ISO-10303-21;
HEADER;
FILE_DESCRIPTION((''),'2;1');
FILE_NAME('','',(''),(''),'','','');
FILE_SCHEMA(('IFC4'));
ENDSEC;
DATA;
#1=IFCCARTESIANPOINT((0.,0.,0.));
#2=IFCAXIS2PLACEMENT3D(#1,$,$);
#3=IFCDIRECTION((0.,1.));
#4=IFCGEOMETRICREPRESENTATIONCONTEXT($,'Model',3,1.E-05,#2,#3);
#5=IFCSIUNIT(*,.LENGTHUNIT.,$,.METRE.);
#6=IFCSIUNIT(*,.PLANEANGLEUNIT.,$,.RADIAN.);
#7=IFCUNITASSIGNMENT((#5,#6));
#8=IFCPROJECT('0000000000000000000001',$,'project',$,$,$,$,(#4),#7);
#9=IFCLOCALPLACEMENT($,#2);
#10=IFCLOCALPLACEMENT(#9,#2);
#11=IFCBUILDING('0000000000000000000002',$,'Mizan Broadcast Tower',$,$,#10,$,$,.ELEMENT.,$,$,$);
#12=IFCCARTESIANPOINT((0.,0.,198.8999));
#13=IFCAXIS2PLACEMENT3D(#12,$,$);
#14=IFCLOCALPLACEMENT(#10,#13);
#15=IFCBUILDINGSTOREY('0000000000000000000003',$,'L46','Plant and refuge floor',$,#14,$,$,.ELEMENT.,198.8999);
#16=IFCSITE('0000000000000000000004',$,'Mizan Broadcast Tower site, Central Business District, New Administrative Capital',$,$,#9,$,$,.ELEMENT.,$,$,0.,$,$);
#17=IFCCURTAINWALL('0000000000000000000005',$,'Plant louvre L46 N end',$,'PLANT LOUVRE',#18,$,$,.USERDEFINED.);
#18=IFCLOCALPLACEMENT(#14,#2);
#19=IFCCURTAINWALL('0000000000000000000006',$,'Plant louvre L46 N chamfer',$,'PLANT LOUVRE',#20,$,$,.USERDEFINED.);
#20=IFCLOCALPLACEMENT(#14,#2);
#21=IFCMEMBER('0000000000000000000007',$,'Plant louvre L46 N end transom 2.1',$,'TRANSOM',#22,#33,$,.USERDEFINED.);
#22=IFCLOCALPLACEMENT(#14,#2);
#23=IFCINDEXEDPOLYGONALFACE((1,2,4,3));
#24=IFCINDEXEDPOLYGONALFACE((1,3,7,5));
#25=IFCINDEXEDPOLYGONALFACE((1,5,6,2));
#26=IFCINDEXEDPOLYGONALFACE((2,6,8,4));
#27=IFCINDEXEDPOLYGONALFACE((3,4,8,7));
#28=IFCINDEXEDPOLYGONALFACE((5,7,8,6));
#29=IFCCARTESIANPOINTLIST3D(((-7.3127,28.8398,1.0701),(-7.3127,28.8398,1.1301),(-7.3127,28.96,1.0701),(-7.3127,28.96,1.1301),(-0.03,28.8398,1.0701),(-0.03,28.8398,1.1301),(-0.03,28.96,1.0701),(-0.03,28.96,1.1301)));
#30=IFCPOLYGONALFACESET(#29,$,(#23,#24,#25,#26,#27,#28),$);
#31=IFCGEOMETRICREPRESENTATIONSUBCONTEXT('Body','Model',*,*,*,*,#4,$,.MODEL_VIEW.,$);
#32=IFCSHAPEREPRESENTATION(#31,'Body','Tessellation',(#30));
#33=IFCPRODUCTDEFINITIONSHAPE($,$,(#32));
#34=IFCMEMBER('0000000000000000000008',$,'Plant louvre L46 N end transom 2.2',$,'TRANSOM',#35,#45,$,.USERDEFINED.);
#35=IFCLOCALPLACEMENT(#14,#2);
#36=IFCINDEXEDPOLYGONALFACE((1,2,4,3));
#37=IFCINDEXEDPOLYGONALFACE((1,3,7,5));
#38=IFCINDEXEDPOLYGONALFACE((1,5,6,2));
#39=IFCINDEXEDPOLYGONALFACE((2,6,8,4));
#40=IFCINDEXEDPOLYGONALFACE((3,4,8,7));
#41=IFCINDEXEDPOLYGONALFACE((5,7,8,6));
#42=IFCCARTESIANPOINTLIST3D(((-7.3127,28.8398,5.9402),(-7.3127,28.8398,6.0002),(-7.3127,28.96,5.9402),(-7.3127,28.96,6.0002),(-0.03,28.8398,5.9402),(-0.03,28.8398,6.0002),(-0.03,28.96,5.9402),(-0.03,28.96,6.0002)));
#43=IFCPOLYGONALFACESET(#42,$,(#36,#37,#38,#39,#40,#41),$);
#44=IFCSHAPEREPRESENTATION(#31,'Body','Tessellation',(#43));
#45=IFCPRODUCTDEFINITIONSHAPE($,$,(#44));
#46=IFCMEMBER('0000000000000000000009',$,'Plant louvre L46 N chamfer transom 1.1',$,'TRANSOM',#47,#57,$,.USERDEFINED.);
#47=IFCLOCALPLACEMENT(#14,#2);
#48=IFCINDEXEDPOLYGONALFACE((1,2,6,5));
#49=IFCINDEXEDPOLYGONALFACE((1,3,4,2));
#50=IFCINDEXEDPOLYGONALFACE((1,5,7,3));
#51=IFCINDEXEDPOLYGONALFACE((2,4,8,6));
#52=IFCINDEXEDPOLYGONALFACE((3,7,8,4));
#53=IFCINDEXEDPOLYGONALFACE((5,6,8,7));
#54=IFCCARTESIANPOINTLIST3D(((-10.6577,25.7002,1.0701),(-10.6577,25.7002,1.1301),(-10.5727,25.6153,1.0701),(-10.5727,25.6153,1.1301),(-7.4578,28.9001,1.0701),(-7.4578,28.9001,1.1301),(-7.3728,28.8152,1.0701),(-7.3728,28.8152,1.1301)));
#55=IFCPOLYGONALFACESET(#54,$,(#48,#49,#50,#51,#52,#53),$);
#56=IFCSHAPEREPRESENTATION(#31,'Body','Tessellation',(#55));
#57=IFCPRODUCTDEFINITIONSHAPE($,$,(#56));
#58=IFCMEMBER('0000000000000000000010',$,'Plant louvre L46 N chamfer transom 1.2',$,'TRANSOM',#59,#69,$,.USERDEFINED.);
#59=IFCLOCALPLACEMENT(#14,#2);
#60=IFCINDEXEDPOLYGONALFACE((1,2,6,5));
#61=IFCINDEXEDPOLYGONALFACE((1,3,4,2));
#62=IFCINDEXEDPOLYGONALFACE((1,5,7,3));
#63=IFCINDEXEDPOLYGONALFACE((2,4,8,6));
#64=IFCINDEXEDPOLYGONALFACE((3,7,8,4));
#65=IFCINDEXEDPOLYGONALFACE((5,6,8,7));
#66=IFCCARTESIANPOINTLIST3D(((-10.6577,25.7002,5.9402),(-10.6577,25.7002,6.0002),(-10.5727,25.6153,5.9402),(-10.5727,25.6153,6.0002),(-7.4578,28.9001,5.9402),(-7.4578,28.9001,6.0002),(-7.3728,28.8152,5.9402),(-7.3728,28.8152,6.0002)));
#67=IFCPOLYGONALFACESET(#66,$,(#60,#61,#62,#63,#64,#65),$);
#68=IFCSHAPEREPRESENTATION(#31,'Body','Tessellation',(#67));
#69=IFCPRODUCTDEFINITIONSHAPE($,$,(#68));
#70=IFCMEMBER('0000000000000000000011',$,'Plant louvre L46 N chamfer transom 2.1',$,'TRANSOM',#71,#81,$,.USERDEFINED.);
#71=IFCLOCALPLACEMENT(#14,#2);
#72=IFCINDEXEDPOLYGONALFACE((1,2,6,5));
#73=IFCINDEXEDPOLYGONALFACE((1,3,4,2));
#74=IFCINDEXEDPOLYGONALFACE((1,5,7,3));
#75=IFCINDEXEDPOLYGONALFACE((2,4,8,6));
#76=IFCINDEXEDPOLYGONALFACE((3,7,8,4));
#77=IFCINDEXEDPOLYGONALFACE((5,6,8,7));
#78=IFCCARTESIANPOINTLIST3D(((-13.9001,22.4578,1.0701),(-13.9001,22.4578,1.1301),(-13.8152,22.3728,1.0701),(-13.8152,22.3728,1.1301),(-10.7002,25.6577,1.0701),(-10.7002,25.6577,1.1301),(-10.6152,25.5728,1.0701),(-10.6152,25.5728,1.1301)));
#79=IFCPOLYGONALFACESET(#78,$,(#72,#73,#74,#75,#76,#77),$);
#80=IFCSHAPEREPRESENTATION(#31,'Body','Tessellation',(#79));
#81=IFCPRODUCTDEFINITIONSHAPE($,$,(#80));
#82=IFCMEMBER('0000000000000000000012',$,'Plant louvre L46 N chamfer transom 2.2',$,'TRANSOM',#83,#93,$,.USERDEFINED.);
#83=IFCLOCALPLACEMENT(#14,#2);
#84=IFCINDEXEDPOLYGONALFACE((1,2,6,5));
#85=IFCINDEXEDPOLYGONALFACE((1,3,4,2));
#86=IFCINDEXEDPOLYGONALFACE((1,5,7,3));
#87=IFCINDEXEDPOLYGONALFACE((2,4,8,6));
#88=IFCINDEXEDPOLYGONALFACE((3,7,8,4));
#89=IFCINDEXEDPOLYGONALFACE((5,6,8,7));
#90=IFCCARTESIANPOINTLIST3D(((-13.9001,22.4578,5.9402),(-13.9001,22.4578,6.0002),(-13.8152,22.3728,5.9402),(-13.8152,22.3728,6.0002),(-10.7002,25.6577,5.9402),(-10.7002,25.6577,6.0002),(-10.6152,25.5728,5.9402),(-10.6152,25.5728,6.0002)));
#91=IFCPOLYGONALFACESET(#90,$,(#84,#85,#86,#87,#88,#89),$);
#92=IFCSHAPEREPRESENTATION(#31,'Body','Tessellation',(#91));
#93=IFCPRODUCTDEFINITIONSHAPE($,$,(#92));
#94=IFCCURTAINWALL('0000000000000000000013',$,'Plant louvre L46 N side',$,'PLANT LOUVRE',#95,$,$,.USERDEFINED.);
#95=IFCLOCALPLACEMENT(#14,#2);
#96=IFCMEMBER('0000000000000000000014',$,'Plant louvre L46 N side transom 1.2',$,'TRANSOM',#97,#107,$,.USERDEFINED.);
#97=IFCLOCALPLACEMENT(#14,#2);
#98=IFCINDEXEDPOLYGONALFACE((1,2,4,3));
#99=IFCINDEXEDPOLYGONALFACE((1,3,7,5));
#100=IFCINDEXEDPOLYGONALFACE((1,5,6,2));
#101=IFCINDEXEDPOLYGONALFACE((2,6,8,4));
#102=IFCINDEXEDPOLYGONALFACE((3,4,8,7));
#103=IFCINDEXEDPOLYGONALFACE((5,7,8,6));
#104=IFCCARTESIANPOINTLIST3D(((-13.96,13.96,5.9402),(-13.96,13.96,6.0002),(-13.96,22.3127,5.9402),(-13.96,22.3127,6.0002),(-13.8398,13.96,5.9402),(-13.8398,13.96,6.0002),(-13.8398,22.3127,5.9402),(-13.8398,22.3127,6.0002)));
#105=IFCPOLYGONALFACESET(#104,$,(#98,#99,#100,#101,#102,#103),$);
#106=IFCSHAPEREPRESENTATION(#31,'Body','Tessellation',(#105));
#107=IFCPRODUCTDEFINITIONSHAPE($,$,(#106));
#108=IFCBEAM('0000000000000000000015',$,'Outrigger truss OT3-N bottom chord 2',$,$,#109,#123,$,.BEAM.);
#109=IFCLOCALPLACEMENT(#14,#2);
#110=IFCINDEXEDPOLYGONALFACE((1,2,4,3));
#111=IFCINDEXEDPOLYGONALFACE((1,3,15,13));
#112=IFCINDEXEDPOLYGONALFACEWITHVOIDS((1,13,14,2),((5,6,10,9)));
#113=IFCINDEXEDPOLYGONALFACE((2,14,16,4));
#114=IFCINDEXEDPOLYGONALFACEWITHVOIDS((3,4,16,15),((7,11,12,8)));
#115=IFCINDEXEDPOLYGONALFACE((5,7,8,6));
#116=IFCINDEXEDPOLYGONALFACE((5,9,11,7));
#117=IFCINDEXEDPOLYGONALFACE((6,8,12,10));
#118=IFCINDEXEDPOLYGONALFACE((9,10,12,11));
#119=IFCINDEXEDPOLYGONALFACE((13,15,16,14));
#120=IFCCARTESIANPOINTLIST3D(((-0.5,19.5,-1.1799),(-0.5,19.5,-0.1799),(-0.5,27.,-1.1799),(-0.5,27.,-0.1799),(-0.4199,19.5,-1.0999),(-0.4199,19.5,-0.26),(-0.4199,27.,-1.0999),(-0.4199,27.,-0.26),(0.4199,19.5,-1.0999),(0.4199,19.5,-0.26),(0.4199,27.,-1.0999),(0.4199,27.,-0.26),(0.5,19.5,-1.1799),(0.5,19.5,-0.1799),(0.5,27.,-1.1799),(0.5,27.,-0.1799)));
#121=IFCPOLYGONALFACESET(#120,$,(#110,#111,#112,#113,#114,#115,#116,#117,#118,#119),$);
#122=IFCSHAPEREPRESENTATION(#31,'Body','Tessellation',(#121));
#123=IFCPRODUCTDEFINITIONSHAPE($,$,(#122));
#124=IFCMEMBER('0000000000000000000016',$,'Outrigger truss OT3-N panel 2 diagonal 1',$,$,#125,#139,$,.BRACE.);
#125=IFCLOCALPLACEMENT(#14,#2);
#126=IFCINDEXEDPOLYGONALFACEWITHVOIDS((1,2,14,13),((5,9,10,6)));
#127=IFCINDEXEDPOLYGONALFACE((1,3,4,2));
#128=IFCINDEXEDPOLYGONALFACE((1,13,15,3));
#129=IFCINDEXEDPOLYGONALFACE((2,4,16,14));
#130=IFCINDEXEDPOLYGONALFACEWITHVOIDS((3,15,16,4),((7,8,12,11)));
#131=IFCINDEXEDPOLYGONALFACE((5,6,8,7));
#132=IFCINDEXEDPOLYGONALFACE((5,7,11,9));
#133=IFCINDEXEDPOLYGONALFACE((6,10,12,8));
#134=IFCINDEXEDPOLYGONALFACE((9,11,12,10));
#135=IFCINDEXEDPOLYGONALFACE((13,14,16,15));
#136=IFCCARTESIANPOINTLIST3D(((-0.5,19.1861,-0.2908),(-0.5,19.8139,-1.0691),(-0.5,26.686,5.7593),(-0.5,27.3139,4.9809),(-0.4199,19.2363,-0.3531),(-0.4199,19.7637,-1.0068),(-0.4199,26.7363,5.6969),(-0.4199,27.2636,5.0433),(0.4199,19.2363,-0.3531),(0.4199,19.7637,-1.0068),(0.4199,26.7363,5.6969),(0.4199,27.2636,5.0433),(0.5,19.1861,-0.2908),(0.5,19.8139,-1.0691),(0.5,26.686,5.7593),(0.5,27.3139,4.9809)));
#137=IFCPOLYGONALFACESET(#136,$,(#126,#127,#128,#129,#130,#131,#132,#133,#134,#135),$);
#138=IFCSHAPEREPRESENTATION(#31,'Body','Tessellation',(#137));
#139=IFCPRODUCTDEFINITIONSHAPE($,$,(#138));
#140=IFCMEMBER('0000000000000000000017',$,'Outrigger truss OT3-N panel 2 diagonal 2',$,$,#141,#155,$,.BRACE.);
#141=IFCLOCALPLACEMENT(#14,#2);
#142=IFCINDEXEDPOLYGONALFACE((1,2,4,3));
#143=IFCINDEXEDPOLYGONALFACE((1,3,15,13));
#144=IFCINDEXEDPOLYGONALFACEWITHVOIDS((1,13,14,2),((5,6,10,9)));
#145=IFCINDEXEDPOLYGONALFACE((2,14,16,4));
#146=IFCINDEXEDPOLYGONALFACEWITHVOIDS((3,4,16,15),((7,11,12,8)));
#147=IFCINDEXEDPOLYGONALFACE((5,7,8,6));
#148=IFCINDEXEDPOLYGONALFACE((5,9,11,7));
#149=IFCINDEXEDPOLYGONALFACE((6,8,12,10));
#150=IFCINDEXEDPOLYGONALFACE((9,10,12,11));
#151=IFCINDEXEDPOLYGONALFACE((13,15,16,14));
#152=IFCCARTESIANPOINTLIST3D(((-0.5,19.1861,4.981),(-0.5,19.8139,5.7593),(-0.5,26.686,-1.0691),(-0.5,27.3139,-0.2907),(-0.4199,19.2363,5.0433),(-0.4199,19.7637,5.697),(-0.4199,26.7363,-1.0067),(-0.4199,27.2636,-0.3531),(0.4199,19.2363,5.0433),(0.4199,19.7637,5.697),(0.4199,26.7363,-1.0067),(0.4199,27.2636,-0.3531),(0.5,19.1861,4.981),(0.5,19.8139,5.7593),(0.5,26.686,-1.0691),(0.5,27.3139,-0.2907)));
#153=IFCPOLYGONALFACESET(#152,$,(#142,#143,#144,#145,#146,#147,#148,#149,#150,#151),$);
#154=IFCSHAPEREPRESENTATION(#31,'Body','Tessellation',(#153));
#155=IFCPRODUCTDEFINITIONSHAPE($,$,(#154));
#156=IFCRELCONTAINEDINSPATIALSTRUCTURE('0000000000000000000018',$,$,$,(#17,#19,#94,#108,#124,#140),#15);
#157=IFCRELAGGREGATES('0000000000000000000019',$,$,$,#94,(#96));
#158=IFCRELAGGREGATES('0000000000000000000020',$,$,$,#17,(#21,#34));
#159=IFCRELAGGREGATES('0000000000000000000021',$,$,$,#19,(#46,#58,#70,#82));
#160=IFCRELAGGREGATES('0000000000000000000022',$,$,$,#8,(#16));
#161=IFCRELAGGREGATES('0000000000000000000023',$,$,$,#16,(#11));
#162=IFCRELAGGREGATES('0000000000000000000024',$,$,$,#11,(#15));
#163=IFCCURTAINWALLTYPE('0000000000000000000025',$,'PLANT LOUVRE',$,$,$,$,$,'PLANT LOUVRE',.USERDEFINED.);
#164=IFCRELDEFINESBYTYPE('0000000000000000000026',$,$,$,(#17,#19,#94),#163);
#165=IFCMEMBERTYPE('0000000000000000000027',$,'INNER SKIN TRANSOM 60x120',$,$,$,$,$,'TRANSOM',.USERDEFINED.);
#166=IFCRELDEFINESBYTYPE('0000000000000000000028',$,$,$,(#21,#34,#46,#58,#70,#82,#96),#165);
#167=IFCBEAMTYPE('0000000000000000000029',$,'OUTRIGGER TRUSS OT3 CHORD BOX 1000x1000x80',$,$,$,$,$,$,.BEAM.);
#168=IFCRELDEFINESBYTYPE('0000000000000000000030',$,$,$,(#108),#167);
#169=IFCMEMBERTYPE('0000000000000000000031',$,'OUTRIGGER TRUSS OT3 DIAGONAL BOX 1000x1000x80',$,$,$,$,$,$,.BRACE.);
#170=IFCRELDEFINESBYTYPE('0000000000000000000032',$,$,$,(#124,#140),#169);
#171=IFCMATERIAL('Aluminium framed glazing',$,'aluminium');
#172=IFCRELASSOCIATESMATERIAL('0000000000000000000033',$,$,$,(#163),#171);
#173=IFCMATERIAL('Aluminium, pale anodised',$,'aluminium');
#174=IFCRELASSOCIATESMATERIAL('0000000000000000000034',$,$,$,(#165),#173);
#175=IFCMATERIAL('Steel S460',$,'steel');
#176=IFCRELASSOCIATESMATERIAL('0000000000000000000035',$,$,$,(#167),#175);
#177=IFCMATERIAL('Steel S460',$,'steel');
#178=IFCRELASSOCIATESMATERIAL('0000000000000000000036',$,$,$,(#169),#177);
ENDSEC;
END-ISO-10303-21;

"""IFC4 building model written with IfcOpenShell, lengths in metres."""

from ifc_helpers import new_model, si_unit, direction, frame, origin, origin_2d, place, context, subcontext, project, spatial, rectangle, hollow_rectangle, extrude, material, material_profile, profile_set, type_object, element, aggregate, save


model = new_model("IFC4")

# Units and contexts
model_context = context("Model", 3, precision=1e-05, world=origin(), true_north=direction((0.0, 1.0)))
body_context = subcontext(model_context, "Body", "Model", "MODEL_VIEW")
ifc_project = project(units=[si_unit("LENGTHUNIT", "METRE"), si_unit("PLANEANGLEUNIT", "RADIAN")], contexts=[model_context])

# Site, building, storey
site_placement = place(None, origin())
site = spatial("IfcSite", under=ifc_project, at=site_placement, Name="Mizan Broadcast Tower site, Central Business District, New Administrative Capital", CompositionType="ELEMENT", RefElevation=0.0)
building_placement = place(site_placement, origin())
building = spatial("IfcBuilding", under=site, at=building_placement, Name="Mizan Broadcast Tower", CompositionType="ELEMENT")
storey_placement = place(building_placement, frame((0.0, 0.0, 198.8999)))
storey = spatial("IfcBuildingStorey", under=building, at=storey_placement, Name="L46", Description="Plant and refuge floor", CompositionType="ELEMENT", Elevation=198.8999)

# Curtain wall
ifc_material_1 = material(Name="Aluminium framed glazing", Category="aluminium")
curtain_wall_type = type_object("IfcCurtainWallType", Name="PLANT LOUVRE", ElementType="PLANT LOUVRE", PredefinedType="USERDEFINED", material=ifc_material_1)
curtain_wall_1_placement = place(storey_placement, origin())
curtain_wall_1 = element("IfcCurtainWall", 1, at=curtain_wall_1_placement, inside=storey, type_object=curtain_wall_type, Name="Plant louvre L46 N end", ObjectType="PLANT LOUVRE", PredefinedType="USERDEFINED")

# Curtain wall
curtain_wall_2_placement = place(storey_placement, origin())
curtain_wall_2 = element("IfcCurtainWall", 2, at=curtain_wall_2_placement, inside=storey, type_object=curtain_wall_type, Name="Plant louvre L46 N chamfer", ObjectType="PLANT LOUVRE", PredefinedType="USERDEFINED")

# Members
ifc_material_2 = material(Name="Aluminium, pale anodised", Category="aluminium")
ifc_material_profile_1 = material_profile(ifc_material_2, rectangle(XDim=0.1201, YDim=0.0601, at=origin_2d()), Name="TRANSOM 120x60")
ifc_profile_set_1 = profile_set([ifc_material_profile_1], Name="Aluminium, pale anodised")
member_type_1 = type_object("IfcMemberType", Name="INNER SKIN TRANSOM 60x120", ElementType="TRANSOM", PredefinedType="USERDEFINED", material=ifc_profile_set_1)
member_1_placement = place(storey_placement, frame((-0.03, 28.8999, 1.1001), z_axis=(-1.0, 0.0, 0.0), x_axis=(0.0, -1.0, 0.0)))
member_1 = element("IfcMember", 3, at=member_1_placement, type_object=member_type_1, Name="Plant louvre L46 N end transom 2.1", ObjectType="TRANSOM", PredefinedType="USERDEFINED", context=body_context, shape_type="SweptSolid", body=[
    extrude(rectangle(XDim=0.1201, YDim=0.0601, at=origin_2d()), origin(), (0.0, 0.0, 1.0), 7.2827),
])
member_2_placement = place(storey_placement, frame((-0.03, 28.8999, 5.9702), z_axis=(-1.0, 0.0, 0.0), x_axis=(0.0, -1.0, 0.0)))
member_2 = element("IfcMember", 4, at=member_2_placement, type_object=member_type_1, Name="Plant louvre L46 N end transom 2.2", ObjectType="TRANSOM", PredefinedType="USERDEFINED", context=body_context, shape_type="SweptSolid", body=[
    extrude(rectangle(XDim=0.1201, YDim=0.0601, at=origin_2d()), origin(), (0.0, 0.0, 1.0), 7.2827),
])
member_3_placement = place(storey_placement, frame((-7.4153, 28.8577, 1.1001), z_axis=(-0.707107, -0.707107, 0.0), x_axis=(0.707107, -0.707107, 0.0)))
member_3 = element("IfcMember", 5, at=member_3_placement, type_object=member_type_1, Name="Plant louvre L46 N chamfer transom 1.1", ObjectType="TRANSOM", PredefinedType="USERDEFINED", context=body_context, shape_type="SweptSolid", body=[
    extrude(rectangle(XDim=0.1201, YDim=0.0601, at=origin_2d()), origin(), (0.0, 0.0, 1.0), 4.5254),
])
member_4_placement = place(storey_placement, frame((-7.4153, 28.8577, 5.9702), z_axis=(-0.707107, -0.707107, 0.0), x_axis=(0.707107, -0.707107, 0.0)))
member_4 = element("IfcMember", 6, at=member_4_placement, type_object=member_type_1, Name="Plant louvre L46 N chamfer transom 1.2", ObjectType="TRANSOM", PredefinedType="USERDEFINED", context=body_context, shape_type="SweptSolid", body=[
    extrude(rectangle(XDim=0.1201, YDim=0.0601, at=origin_2d()), origin(), (0.0, 0.0, 1.0), 4.5254),
])
member_5_placement = place(storey_placement, frame((-10.6577, 25.6152, 1.1001), z_axis=(-0.707107, -0.707107, 0.0), x_axis=(0.707107, -0.707107, 0.0)))
member_5 = element("IfcMember", 7, at=member_5_placement, type_object=member_type_1, Name="Plant louvre L46 N chamfer transom 2.1", ObjectType="TRANSOM", PredefinedType="USERDEFINED", context=body_context, shape_type="SweptSolid", body=[
    extrude(rectangle(XDim=0.1201, YDim=0.0601, at=origin_2d()), origin(), (0.0, 0.0, 1.0), 4.5254),
])
member_6_placement = place(storey_placement, frame((-10.6577, 25.6152, 5.9702), z_axis=(-0.707107, -0.707107, 0.0), x_axis=(0.707107, -0.707107, 0.0)))
member_6 = element("IfcMember", 8, at=member_6_placement, type_object=member_type_1, Name="Plant louvre L46 N chamfer transom 2.2", ObjectType="TRANSOM", PredefinedType="USERDEFINED", context=body_context, shape_type="SweptSolid", body=[
    extrude(rectangle(XDim=0.1201, YDim=0.0601, at=origin_2d()), origin(), (0.0, 0.0, 1.0), 4.5254),
])

# Curtain wall, member
curtain_wall_3_placement = place(storey_placement, origin())
curtain_wall_3 = element("IfcCurtainWall", 9, at=curtain_wall_3_placement, inside=storey, type_object=curtain_wall_type, Name="Plant louvre L46 N side", ObjectType="PLANT LOUVRE", PredefinedType="USERDEFINED")
member_7_placement = place(storey_placement, frame((-13.8999, 22.3127, 5.9702), z_axis=(0.0, -1.0, 0.0), x_axis=(1.0, 0.0, 0.0)))
member_7 = element("IfcMember", 10, at=member_7_placement, type_object=member_type_1, Name="Plant louvre L46 N side transom 1.2", ObjectType="TRANSOM", PredefinedType="USERDEFINED", context=body_context, shape_type="SweptSolid", body=[
    extrude(rectangle(XDim=0.1201, YDim=0.0601, at=origin_2d()), origin(), (0.0, 0.0, 1.0), 8.3528),
])
aggregate(curtain_wall_3, [member_7])

# Beam
ifc_material_3 = material(Name="Steel S460", Category="steel")
ifc_material_profile_2 = material_profile(ifc_material_3, hollow_rectangle(XDim=1.0, YDim=1.0, WallThickness=0.0801, at=origin_2d()), Name="BOX 1000x1000x80")
ifc_profile_set_2 = profile_set([ifc_material_profile_2], Name="Steel S460")
beam_type_1 = type_object("IfcBeamType", Name="OUTRIGGER TRUSS OT3 CHORD BOX 1000x1000x80", PredefinedType="BEAM", material=ifc_profile_set_2)
beam_1_placement = place(storey_placement, frame((0.0, 19.5, -0.6799), z_axis=(0.0, 1.0, 0.0), x_axis=(-1.0, 0.0, 0.0)))
element("IfcBeam", 11, at=beam_1_placement, inside=storey, type_object=beam_type_1, Name="Outrigger truss OT3-N bottom chord 2", PredefinedType="BEAM", context=body_context, shape_type="SweptSolid", body=[
    extrude(hollow_rectangle(XDim=1.0, YDim=1.0, WallThickness=0.0801, at=origin_2d()), origin(), (0.0, 0.0, 1.0), 7.5),
])

# Members
ifc_material_4 = material(Name="Steel S460", Category="steel")
ifc_material_profile_3 = material_profile(ifc_material_4, hollow_rectangle(XDim=1.0, YDim=1.0, WallThickness=0.0801, at=origin_2d()), Name="BOX 1000x1000x80")
ifc_profile_set_3 = profile_set([ifc_material_profile_3], Name="Steel S460")
member_type_2 = type_object("IfcMemberType", Name="OUTRIGGER TRUSS OT3 DIAGONAL BOX 1000x1000x80", PredefinedType="BRACE", material=ifc_profile_set_3)
for number, where, z_axis, x_axis, name in (
    (12, (0.0, 19.5, -0.6799), (0.0, 0.778329, 0.627857), (-1.0, 0.0, 0.0), "Outrigger truss OT3-N panel 2 diagonal 1"),
    (13, (0.0, 19.5, 5.3701), (0.0, 0.778329, -0.627857), (-1.0, 0.0, 0.0), "Outrigger truss OT3-N panel 2 diagonal 2"),
):
    element("IfcMember", number, at=place(storey_placement, frame(where, z_axis=z_axis, x_axis=x_axis)), inside=storey, type_object=member_type_2, Name=name, PredefinedType="BRACE", context=body_context, shape_type="SweptSolid", body=[
        extrude(hollow_rectangle(XDim=1.0, YDim=1.0, WallThickness=0.0801, at=origin_2d()), origin(), (0.0, 0.0, 1.0), 9.636),
    ])

aggregate(curtain_wall_1, [member_1, member_2])
aggregate(curtain_wall_2, [member_3, member_4, member_5, member_6])

save(model, "model.ifc")
